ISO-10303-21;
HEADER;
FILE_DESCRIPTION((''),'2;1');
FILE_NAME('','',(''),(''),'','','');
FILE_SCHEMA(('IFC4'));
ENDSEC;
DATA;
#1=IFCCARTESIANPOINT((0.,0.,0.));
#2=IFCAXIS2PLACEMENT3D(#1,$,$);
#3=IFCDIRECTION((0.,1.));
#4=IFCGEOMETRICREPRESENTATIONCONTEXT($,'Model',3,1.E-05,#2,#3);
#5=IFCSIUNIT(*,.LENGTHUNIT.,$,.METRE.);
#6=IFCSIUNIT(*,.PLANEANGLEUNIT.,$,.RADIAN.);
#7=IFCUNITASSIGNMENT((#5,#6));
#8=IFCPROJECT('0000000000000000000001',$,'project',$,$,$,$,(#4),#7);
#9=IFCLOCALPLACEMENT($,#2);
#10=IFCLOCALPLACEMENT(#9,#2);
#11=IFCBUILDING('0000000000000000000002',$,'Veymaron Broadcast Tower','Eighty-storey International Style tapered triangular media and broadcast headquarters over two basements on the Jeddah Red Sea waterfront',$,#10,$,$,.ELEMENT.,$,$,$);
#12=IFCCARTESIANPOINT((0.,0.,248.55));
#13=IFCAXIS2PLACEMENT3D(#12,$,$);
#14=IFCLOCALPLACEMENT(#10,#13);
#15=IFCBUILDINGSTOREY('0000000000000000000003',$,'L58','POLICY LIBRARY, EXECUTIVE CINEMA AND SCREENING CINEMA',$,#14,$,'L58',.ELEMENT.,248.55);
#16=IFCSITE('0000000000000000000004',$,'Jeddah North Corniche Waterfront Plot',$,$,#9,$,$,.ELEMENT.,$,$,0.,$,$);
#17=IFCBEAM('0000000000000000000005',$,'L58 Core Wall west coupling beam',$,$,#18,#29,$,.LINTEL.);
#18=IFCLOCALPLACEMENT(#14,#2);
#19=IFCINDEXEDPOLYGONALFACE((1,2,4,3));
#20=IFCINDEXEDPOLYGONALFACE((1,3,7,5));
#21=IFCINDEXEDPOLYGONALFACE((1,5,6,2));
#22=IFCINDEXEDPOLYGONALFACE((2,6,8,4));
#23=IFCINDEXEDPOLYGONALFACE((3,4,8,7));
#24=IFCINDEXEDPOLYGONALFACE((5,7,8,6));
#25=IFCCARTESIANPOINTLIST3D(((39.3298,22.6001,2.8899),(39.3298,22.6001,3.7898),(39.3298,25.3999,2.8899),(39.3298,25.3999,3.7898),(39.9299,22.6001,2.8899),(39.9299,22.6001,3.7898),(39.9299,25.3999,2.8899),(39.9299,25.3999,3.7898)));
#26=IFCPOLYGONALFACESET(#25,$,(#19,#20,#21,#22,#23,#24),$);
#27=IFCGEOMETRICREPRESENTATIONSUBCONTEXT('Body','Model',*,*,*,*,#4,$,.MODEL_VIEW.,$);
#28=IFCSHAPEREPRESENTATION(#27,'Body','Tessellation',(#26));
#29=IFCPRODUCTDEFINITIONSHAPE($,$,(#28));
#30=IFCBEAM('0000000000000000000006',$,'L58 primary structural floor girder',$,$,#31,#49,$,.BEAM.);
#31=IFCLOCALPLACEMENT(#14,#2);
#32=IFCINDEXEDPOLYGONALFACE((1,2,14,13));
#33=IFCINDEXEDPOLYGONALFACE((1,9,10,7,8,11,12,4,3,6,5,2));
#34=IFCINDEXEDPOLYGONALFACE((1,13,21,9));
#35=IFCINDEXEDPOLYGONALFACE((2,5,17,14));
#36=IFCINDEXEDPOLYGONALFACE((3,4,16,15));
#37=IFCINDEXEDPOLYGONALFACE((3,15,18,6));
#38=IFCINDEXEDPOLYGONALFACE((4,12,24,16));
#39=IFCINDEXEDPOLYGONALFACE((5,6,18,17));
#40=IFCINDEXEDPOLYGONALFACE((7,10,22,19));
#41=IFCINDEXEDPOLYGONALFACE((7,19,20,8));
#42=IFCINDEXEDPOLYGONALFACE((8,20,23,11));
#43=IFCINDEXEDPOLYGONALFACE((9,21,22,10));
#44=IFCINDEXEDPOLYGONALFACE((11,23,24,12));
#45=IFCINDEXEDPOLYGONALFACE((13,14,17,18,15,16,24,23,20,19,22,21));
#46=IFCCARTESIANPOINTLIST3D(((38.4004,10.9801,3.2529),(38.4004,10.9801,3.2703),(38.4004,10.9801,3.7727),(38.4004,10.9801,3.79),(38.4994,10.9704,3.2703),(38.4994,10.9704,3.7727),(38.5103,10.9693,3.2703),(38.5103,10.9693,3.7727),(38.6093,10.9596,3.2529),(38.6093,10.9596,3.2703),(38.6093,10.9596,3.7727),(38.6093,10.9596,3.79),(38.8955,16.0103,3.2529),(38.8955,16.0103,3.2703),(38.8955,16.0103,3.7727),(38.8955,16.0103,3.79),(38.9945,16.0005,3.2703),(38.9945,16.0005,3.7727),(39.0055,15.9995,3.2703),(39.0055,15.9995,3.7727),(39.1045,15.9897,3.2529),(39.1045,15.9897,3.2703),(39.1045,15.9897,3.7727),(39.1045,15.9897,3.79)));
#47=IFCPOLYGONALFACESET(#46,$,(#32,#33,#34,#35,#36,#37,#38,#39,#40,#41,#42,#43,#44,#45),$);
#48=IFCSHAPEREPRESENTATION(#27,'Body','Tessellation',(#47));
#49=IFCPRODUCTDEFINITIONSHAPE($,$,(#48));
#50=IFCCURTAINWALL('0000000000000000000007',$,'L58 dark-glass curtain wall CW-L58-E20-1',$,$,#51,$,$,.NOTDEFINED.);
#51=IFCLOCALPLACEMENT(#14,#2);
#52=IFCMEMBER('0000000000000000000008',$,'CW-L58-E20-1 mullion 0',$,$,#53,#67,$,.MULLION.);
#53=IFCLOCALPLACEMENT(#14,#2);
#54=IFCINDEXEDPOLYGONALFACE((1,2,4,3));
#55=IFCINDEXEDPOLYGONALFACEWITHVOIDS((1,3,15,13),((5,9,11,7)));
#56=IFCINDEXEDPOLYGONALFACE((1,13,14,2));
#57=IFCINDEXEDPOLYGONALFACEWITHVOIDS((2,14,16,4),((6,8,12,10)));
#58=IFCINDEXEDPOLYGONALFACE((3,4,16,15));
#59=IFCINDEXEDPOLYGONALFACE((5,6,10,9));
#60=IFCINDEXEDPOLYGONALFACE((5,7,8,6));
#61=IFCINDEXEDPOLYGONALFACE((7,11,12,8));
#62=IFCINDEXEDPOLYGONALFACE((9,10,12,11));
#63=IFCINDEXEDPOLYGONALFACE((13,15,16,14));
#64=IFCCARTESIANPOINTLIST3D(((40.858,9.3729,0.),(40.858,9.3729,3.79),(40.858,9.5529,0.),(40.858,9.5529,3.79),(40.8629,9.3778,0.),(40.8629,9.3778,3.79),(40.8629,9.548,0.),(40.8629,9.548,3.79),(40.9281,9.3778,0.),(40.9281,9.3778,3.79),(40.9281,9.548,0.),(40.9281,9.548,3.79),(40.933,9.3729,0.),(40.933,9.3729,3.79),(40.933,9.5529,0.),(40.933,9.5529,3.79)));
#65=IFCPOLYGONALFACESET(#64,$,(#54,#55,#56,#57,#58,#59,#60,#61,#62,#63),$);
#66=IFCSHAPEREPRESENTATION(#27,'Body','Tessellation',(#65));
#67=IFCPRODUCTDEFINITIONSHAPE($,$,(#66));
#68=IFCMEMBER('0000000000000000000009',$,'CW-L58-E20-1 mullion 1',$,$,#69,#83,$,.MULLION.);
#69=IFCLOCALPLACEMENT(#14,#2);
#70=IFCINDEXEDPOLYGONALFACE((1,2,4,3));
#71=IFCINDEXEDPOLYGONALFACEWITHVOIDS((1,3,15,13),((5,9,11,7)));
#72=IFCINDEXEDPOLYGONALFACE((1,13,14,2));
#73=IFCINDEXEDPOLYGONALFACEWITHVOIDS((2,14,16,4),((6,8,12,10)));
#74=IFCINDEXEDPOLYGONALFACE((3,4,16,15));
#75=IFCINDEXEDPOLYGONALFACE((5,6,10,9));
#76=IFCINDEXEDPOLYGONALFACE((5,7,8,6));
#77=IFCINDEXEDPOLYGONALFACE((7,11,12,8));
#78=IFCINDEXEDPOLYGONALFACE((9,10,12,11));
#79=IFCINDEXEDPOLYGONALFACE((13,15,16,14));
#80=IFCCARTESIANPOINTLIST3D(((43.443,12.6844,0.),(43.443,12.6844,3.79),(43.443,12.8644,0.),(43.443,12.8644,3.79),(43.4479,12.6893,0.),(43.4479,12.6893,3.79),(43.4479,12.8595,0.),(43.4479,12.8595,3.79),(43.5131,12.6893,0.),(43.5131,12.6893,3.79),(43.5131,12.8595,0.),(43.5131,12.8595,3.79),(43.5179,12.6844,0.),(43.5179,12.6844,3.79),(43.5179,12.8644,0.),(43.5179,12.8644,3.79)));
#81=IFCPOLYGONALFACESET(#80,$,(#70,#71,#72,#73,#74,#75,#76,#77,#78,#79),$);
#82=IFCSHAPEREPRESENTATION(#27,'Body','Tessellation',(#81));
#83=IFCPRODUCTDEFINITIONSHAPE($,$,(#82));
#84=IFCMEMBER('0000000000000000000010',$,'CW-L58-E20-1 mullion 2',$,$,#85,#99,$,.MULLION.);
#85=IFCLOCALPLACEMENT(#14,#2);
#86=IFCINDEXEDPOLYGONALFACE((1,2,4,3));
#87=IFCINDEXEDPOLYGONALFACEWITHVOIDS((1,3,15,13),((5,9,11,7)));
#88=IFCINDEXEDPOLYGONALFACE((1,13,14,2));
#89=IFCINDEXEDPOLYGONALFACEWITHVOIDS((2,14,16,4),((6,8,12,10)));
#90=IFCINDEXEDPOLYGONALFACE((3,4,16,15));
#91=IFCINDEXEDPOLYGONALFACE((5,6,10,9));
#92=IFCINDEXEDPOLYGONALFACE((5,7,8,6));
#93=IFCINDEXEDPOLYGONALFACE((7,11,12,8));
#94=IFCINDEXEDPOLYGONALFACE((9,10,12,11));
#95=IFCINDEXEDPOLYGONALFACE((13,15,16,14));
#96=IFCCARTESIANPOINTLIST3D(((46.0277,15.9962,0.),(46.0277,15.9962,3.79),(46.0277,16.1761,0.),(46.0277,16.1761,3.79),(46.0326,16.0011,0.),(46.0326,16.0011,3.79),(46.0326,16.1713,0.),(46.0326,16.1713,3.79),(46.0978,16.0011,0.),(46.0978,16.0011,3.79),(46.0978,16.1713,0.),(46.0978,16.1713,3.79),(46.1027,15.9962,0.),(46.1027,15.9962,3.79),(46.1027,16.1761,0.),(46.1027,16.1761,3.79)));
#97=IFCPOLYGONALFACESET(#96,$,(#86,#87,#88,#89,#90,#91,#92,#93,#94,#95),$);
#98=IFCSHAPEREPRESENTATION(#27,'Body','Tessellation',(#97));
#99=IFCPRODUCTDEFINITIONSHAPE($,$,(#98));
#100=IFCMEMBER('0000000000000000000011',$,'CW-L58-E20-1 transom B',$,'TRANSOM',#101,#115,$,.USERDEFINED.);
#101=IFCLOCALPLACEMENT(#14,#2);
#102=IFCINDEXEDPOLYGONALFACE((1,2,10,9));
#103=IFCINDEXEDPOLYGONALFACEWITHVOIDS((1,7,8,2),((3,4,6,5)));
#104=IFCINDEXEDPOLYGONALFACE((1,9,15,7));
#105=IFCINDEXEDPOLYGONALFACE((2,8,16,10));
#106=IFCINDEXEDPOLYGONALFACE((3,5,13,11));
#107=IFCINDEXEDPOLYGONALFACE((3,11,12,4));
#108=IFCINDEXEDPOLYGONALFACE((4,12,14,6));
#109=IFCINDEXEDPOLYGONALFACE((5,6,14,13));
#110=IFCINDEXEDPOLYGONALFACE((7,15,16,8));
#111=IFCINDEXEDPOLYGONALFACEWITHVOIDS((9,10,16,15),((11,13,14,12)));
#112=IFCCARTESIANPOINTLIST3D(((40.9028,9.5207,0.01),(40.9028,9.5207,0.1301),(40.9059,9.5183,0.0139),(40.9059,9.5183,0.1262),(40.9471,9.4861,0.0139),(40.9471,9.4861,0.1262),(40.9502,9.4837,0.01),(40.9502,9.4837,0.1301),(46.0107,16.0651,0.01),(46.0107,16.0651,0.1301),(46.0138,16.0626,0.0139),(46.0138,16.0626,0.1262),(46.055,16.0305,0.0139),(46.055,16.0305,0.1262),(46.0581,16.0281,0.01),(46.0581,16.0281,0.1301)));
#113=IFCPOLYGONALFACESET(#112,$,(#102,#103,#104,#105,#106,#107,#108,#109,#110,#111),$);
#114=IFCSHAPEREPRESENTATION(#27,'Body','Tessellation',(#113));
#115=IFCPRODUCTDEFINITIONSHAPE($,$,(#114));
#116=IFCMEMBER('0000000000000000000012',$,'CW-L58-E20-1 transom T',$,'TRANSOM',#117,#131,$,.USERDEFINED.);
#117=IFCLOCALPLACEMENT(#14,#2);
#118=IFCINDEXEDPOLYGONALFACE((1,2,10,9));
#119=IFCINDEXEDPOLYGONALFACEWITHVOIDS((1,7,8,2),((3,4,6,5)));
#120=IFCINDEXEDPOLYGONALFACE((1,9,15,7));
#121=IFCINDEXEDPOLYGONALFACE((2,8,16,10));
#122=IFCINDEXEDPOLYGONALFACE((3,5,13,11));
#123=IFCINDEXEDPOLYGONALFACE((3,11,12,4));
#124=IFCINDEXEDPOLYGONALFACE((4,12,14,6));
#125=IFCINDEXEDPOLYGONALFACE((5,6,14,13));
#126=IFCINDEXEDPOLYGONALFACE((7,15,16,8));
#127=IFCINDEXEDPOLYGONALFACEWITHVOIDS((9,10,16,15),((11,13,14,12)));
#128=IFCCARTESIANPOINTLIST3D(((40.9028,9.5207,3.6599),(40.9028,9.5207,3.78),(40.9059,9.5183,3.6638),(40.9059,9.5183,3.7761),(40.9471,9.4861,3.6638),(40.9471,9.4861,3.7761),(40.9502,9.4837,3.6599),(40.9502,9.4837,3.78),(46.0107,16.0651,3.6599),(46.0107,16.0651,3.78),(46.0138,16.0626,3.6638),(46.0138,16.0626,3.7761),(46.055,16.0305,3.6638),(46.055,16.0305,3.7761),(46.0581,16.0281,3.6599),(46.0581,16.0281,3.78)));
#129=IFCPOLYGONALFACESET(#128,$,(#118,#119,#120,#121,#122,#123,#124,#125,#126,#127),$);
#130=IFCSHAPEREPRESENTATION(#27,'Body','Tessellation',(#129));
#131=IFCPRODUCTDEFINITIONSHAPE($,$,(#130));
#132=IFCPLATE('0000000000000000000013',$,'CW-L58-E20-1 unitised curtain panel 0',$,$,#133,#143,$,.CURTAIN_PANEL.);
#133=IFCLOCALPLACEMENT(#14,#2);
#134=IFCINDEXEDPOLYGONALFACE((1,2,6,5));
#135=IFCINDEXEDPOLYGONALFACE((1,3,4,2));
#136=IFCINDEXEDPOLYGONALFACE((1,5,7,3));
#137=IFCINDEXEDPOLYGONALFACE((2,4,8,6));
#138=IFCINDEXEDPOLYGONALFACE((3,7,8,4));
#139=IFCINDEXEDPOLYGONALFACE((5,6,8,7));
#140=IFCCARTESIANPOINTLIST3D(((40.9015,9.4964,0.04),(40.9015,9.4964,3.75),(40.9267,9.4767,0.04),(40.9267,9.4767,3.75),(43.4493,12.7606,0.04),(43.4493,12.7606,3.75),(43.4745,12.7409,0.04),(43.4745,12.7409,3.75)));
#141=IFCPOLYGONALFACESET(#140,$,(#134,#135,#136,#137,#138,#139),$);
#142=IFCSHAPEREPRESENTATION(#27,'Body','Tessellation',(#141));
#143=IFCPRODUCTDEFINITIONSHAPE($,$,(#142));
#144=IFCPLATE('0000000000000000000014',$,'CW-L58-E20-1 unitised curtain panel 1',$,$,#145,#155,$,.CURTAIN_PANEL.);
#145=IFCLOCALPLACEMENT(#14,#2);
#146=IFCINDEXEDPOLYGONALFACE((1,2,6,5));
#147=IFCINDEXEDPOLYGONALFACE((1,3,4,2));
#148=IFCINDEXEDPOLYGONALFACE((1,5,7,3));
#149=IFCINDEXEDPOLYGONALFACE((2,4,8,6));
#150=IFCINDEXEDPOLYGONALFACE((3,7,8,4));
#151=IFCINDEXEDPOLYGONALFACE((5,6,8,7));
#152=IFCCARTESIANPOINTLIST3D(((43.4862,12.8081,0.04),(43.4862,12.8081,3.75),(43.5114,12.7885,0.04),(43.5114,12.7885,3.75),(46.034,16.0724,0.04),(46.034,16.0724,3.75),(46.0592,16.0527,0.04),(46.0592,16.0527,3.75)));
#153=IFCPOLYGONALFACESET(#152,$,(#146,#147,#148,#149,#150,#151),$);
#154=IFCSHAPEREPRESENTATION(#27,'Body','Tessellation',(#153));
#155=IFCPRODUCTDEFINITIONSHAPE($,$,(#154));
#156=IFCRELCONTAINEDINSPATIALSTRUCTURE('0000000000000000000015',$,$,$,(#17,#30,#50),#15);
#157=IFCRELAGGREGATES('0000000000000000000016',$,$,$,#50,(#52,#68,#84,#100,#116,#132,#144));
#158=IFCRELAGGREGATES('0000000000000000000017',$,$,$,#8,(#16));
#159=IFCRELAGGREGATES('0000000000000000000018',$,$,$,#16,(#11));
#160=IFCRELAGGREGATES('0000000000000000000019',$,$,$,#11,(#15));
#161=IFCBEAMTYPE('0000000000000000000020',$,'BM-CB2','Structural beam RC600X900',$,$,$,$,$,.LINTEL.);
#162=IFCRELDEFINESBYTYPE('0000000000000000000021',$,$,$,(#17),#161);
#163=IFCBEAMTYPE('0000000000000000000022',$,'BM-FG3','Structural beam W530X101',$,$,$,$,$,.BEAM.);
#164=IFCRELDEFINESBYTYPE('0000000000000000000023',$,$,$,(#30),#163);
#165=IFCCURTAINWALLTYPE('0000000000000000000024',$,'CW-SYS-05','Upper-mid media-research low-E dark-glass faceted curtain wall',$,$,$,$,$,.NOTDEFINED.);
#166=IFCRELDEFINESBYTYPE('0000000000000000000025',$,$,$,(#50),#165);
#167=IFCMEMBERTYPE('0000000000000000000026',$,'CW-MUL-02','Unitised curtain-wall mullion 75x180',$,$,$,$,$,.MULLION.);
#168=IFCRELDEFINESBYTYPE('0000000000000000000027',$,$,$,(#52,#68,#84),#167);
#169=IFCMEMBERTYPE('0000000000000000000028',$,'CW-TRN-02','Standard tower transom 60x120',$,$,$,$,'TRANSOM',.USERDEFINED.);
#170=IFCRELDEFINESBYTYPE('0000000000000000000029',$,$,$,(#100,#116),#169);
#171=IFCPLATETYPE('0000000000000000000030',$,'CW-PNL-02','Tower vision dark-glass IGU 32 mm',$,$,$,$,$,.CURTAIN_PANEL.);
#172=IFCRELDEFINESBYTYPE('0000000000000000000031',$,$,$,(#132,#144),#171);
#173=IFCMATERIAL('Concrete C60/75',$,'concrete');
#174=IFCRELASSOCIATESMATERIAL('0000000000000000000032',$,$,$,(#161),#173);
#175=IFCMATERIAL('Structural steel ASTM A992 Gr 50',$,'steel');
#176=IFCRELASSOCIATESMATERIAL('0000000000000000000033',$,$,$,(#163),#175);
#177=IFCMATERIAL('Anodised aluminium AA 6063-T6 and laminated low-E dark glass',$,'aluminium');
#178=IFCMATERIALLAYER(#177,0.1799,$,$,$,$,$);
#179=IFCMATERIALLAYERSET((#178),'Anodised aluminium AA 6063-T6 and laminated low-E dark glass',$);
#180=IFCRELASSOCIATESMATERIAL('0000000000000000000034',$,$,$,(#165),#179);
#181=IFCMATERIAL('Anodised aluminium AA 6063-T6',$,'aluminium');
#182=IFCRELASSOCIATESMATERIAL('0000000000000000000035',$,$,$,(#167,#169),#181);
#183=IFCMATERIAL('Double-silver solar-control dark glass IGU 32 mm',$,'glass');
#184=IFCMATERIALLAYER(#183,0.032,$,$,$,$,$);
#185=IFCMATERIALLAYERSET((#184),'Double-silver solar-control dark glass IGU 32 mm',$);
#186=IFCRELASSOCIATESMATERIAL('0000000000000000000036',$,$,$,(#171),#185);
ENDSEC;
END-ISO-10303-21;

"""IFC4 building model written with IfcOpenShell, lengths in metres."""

from ifc_helpers import new_model, si_unit, direction, frame, origin, origin_2d, place, context, subcontext, project, spatial, rectangle, hollow_rectangle, i_section, extrude, material, layer, layer_set, material_profile, profile_set, type_object, element, aggregate, save


model = new_model("IFC4")

# Units and contexts
model_context = context("Model", 3, precision=1e-05, world=origin(), true_north=direction((0.0, 1.0)))
body_context = subcontext(model_context, "Body", "Model", "MODEL_VIEW")
ifc_project = project(units=[si_unit("LENGTHUNIT", "METRE"), si_unit("PLANEANGLEUNIT", "RADIAN")], contexts=[model_context])

# Site, building, storey
site_placement = place(None, origin())
site = spatial("IfcSite", under=ifc_project, at=site_placement, Name="Jeddah North Corniche Waterfront Plot", CompositionType="ELEMENT", RefElevation=0.0)
building_placement = place(site_placement, origin())
building = spatial("IfcBuilding", under=site, at=building_placement, Name="Veymaron Broadcast Tower", Description="Eighty-storey International Style tapered triangular media and broadcast headquarters over two basements on the Jeddah Red Sea waterfront", CompositionType="ELEMENT")
storey_placement = place(building_placement, frame((0.0, 0.0, 248.55)))
storey = spatial("IfcBuildingStorey", under=building, at=storey_placement, Name="L58", Description="POLICY LIBRARY, EXECUTIVE CINEMA AND SCREENING CINEMA", LongName="L58", CompositionType="ELEMENT", Elevation=248.55)

# Beams
ifc_material_1 = material(Name="Concrete C60/75", Category="concrete")
ifc_material_profile_1 = material_profile(ifc_material_1, rectangle(XDim=0.6001, YDim=0.8999, at=origin_2d()), Name="RC600X900")
ifc_profile_set_1 = profile_set([ifc_material_profile_1], Name="Concrete C60/75")
beam_type_1 = type_object("IfcBeamType", Name="BM-CB2", Description="Structural beam RC600X900", PredefinedType="LINTEL", material=ifc_profile_set_1)
beam_1_placement = place(storey_placement, frame((39.6299, 22.6001, 3.3398), z_axis=(0.0, 1.0, 0.0), x_axis=(-1.0, 0.0, 0.0)))
element("IfcBeam", 1, at=beam_1_placement, inside=storey, type_object=beam_type_1, Name="L58 Core Wall west coupling beam", PredefinedType="LINTEL", context=body_context, shape_type="SweptSolid", body=[
    extrude(rectangle(XDim=0.6001, YDim=0.8999, at=origin_2d()), origin(), (0.0, 0.0, 1.0), 2.7998),
])
ifc_material_2 = material(Name="Structural steel ASTM A992 Gr 50", Category="steel")
ifc_material_profile_2 = material_profile(ifc_material_2, i_section(OverallWidth=0.21, OverallDepth=0.5371, WebThickness=0.011, FlangeThickness=0.0173, at=origin_2d()), Name="W530X101")
ifc_profile_set_2 = profile_set([ifc_material_profile_2], Name="Structural steel ASTM A992 Gr 50")
beam_type_2 = type_object("IfcBeamType", Name="BM-FG3", Description="Structural beam W530X101", PredefinedType="BEAM", material=ifc_profile_set_2)
beam_2_placement = place(storey_placement, frame((39.0, 16.0, 3.5215), z_axis=(-0.097959, -0.99519, 0.0), x_axis=(0.99519, -0.097959, 0.0)))
element("IfcBeam", 2, at=beam_2_placement, inside=storey, type_object=beam_type_2, Name="L58 primary structural floor girder", PredefinedType="BEAM", context=body_context, shape_type="SweptSolid", body=[
    extrude(i_section(OverallWidth=0.21, OverallDepth=0.5371, WebThickness=0.011, FlangeThickness=0.0173, at=origin_2d()), origin(), (0.0, 0.0, 1.0), 5.0544),
])

# Curtain wall, members, plates
ifc_material_3 = material(Name="Anodised aluminium AA 6063-T6 and laminated low-E dark glass", Category="aluminium")
ifc_layer_1 = layer(ifc_material_3, 0.1799)
ifc_layer_set_1 = layer_set([ifc_layer_1], Name="Anodised aluminium AA 6063-T6 and laminated low-E dark glass")
curtain_wall_type = type_object("IfcCurtainWallType", Name="CW-SYS-05", Description="Upper-mid media-research low-E dark-glass faceted curtain wall", PredefinedType="NOTDEFINED", material=ifc_layer_set_1)
curtain_wall_placement = place(storey_placement, origin())
curtain_wall = element("IfcCurtainWall", 3, at=curtain_wall_placement, inside=storey, type_object=curtain_wall_type, Name="L58 dark-glass curtain wall CW-L58-E20-1", PredefinedType="NOTDEFINED")
ifc_material_4 = material(Name="Anodised aluminium AA 6063-T6", Category="aluminium")
ifc_material_profile_3 = material_profile(ifc_material_4, hollow_rectangle(XDim=0.075, YDim=0.1799, WallThickness=0.0049, at=origin_2d()), Name="AL180X75X5")
ifc_profile_set_3 = profile_set([ifc_material_profile_3], Name="Anodised aluminium AA 6063-T6")
member_type_1 = type_object("IfcMemberType", Name="CW-MUL-02", Description="Unitised curtain-wall mullion 75x180", PredefinedType="MULLION", material=ifc_profile_set_3)
member_1_placement = place(storey_placement, frame((40.8955, 9.4629, 0.0), z_axis=(0.0, 0.0, 1.0), x_axis=(1.0, 0.0, 0.0)))
member_1 = element("IfcMember", 4, at=member_1_placement, type_object=member_type_1, Name="CW-L58-E20-1 mullion 0", PredefinedType="MULLION", context=body_context, shape_type="SweptSolid", body=[
    extrude(hollow_rectangle(XDim=0.075, YDim=0.1799, WallThickness=0.0049, at=origin_2d()), origin(), (0.0, 0.0, 1.0), 3.79),
])
member_2_placement = place(storey_placement, frame((43.4805, 12.7744, 0.0), z_axis=(0.0, 0.0, 1.0), x_axis=(1.0, 0.0, 0.0)))
member_2 = element("IfcMember", 5, at=member_2_placement, type_object=member_type_1, Name="CW-L58-E20-1 mullion 1", PredefinedType="MULLION", context=body_context, shape_type="SweptSolid", body=[
    extrude(hollow_rectangle(XDim=0.075, YDim=0.1799, WallThickness=0.0049, at=origin_2d()), origin(), (0.0, 0.0, 1.0), 3.79),
])
member_3_placement = place(storey_placement, frame((46.0652, 16.0862, 0.0), z_axis=(0.0, 0.0, 1.0), x_axis=(1.0, 0.0, 0.0)))
member_3 = element("IfcMember", 6, at=member_3_placement, type_object=member_type_1, Name="CW-L58-E20-1 mullion 2", PredefinedType="MULLION", context=body_context, shape_type="SweptSolid", body=[
    extrude(hollow_rectangle(XDim=0.075, YDim=0.1799, WallThickness=0.0049, at=origin_2d()), origin(), (0.0, 0.0, 1.0), 3.79),
])
ifc_material_profile_4 = material_profile(ifc_material_4, hollow_rectangle(XDim=0.0601, YDim=0.1201, WallThickness=0.0039, at=origin_2d()), Name="AL120X60X4")
ifc_profile_set_4 = profile_set([ifc_material_profile_4], Name="Anodised aluminium AA 6063-T6")
member_type_2 = type_object("IfcMemberType", Name="CW-TRN-02", Description="Standard tower transom 60x120", ElementType="TRANSOM", PredefinedType="USERDEFINED", material=ifc_profile_set_4)
member_4_placement = place(storey_placement, frame((40.9265, 9.5022, 0.0701), z_axis=(0.615275, 0.788312, 0.0), x_axis=(-0.788312, 0.615275, 0.0)))
member_4 = element("IfcMember", 7, at=member_4_placement, type_object=member_type_2, Name="CW-L58-E20-1 transom B", ObjectType="TRANSOM", PredefinedType="USERDEFINED", context=body_context, shape_type="SweptSolid", body=[
    extrude(hollow_rectangle(XDim=0.0601, YDim=0.1201, WallThickness=0.0039, at=origin_2d()), origin(), (0.0, 0.0, 1.0), 8.3018),
])
member_5_placement = place(storey_placement, frame((40.9265, 9.5022, 3.72), z_axis=(0.615275, 0.788312, 0.0), x_axis=(-0.788312, 0.615275, 0.0)))
member_5 = element("IfcMember", 8, at=member_5_placement, type_object=member_type_2, Name="CW-L58-E20-1 transom T", ObjectType="TRANSOM", PredefinedType="USERDEFINED", context=body_context, shape_type="SweptSolid", body=[
    extrude(hollow_rectangle(XDim=0.0601, YDim=0.1201, WallThickness=0.0039, at=origin_2d()), origin(), (0.0, 0.0, 1.0), 8.3018),
])
ifc_material_5 = material(Name="Double-silver solar-control dark glass IGU 32 mm", Category="glass")
ifc_layer_2 = layer(ifc_material_5, 0.032)
ifc_layer_set_2 = layer_set([ifc_layer_2], Name="Double-silver solar-control dark glass IGU 32 mm")
plate_type = type_object("IfcPlateType", Name="CW-PNL-02", Description="Tower vision dark-glass IGU 32 mm", PredefinedType="CURTAIN_PANEL", material=ifc_layer_set_2)
plate_1_placement = place(storey_placement, frame((42.188, 11.1187, 0.04), z_axis=(0.0, 0.0, 1.0), x_axis=(0.61529, 0.788301, 0.0)))
plate_1 = element("IfcPlate", 9, at=plate_1_placement, type_object=plate_type, Name="CW-L58-E20-1 unitised curtain panel 0", PredefinedType="CURTAIN_PANEL", context=body_context, shape_type="SweptSolid", body=[
    extrude(rectangle(XDim=4.1409, YDim=0.032, at=origin_2d()), origin(), (0.0, 0.0, 1.0), 3.71),
])
plate_2_placement = place(storey_placement, frame((44.7727, 14.4304, 0.04), z_axis=(0.0, 0.0, 1.0), x_axis=(0.61529, 0.788301, 0.0)))
plate_2 = element("IfcPlate", 10, at=plate_2_placement, type_object=plate_type, Name="CW-L58-E20-1 unitised curtain panel 1", PredefinedType="CURTAIN_PANEL", context=body_context, shape_type="SweptSolid", body=[
    extrude(rectangle(XDim=4.1409, YDim=0.032, at=origin_2d()), origin(), (0.0, 0.0, 1.0), 3.71),
])
aggregate(curtain_wall, [member_1, member_2, member_3, member_4, member_5, plate_1, plate_2])

save(model, "model.ifc")
